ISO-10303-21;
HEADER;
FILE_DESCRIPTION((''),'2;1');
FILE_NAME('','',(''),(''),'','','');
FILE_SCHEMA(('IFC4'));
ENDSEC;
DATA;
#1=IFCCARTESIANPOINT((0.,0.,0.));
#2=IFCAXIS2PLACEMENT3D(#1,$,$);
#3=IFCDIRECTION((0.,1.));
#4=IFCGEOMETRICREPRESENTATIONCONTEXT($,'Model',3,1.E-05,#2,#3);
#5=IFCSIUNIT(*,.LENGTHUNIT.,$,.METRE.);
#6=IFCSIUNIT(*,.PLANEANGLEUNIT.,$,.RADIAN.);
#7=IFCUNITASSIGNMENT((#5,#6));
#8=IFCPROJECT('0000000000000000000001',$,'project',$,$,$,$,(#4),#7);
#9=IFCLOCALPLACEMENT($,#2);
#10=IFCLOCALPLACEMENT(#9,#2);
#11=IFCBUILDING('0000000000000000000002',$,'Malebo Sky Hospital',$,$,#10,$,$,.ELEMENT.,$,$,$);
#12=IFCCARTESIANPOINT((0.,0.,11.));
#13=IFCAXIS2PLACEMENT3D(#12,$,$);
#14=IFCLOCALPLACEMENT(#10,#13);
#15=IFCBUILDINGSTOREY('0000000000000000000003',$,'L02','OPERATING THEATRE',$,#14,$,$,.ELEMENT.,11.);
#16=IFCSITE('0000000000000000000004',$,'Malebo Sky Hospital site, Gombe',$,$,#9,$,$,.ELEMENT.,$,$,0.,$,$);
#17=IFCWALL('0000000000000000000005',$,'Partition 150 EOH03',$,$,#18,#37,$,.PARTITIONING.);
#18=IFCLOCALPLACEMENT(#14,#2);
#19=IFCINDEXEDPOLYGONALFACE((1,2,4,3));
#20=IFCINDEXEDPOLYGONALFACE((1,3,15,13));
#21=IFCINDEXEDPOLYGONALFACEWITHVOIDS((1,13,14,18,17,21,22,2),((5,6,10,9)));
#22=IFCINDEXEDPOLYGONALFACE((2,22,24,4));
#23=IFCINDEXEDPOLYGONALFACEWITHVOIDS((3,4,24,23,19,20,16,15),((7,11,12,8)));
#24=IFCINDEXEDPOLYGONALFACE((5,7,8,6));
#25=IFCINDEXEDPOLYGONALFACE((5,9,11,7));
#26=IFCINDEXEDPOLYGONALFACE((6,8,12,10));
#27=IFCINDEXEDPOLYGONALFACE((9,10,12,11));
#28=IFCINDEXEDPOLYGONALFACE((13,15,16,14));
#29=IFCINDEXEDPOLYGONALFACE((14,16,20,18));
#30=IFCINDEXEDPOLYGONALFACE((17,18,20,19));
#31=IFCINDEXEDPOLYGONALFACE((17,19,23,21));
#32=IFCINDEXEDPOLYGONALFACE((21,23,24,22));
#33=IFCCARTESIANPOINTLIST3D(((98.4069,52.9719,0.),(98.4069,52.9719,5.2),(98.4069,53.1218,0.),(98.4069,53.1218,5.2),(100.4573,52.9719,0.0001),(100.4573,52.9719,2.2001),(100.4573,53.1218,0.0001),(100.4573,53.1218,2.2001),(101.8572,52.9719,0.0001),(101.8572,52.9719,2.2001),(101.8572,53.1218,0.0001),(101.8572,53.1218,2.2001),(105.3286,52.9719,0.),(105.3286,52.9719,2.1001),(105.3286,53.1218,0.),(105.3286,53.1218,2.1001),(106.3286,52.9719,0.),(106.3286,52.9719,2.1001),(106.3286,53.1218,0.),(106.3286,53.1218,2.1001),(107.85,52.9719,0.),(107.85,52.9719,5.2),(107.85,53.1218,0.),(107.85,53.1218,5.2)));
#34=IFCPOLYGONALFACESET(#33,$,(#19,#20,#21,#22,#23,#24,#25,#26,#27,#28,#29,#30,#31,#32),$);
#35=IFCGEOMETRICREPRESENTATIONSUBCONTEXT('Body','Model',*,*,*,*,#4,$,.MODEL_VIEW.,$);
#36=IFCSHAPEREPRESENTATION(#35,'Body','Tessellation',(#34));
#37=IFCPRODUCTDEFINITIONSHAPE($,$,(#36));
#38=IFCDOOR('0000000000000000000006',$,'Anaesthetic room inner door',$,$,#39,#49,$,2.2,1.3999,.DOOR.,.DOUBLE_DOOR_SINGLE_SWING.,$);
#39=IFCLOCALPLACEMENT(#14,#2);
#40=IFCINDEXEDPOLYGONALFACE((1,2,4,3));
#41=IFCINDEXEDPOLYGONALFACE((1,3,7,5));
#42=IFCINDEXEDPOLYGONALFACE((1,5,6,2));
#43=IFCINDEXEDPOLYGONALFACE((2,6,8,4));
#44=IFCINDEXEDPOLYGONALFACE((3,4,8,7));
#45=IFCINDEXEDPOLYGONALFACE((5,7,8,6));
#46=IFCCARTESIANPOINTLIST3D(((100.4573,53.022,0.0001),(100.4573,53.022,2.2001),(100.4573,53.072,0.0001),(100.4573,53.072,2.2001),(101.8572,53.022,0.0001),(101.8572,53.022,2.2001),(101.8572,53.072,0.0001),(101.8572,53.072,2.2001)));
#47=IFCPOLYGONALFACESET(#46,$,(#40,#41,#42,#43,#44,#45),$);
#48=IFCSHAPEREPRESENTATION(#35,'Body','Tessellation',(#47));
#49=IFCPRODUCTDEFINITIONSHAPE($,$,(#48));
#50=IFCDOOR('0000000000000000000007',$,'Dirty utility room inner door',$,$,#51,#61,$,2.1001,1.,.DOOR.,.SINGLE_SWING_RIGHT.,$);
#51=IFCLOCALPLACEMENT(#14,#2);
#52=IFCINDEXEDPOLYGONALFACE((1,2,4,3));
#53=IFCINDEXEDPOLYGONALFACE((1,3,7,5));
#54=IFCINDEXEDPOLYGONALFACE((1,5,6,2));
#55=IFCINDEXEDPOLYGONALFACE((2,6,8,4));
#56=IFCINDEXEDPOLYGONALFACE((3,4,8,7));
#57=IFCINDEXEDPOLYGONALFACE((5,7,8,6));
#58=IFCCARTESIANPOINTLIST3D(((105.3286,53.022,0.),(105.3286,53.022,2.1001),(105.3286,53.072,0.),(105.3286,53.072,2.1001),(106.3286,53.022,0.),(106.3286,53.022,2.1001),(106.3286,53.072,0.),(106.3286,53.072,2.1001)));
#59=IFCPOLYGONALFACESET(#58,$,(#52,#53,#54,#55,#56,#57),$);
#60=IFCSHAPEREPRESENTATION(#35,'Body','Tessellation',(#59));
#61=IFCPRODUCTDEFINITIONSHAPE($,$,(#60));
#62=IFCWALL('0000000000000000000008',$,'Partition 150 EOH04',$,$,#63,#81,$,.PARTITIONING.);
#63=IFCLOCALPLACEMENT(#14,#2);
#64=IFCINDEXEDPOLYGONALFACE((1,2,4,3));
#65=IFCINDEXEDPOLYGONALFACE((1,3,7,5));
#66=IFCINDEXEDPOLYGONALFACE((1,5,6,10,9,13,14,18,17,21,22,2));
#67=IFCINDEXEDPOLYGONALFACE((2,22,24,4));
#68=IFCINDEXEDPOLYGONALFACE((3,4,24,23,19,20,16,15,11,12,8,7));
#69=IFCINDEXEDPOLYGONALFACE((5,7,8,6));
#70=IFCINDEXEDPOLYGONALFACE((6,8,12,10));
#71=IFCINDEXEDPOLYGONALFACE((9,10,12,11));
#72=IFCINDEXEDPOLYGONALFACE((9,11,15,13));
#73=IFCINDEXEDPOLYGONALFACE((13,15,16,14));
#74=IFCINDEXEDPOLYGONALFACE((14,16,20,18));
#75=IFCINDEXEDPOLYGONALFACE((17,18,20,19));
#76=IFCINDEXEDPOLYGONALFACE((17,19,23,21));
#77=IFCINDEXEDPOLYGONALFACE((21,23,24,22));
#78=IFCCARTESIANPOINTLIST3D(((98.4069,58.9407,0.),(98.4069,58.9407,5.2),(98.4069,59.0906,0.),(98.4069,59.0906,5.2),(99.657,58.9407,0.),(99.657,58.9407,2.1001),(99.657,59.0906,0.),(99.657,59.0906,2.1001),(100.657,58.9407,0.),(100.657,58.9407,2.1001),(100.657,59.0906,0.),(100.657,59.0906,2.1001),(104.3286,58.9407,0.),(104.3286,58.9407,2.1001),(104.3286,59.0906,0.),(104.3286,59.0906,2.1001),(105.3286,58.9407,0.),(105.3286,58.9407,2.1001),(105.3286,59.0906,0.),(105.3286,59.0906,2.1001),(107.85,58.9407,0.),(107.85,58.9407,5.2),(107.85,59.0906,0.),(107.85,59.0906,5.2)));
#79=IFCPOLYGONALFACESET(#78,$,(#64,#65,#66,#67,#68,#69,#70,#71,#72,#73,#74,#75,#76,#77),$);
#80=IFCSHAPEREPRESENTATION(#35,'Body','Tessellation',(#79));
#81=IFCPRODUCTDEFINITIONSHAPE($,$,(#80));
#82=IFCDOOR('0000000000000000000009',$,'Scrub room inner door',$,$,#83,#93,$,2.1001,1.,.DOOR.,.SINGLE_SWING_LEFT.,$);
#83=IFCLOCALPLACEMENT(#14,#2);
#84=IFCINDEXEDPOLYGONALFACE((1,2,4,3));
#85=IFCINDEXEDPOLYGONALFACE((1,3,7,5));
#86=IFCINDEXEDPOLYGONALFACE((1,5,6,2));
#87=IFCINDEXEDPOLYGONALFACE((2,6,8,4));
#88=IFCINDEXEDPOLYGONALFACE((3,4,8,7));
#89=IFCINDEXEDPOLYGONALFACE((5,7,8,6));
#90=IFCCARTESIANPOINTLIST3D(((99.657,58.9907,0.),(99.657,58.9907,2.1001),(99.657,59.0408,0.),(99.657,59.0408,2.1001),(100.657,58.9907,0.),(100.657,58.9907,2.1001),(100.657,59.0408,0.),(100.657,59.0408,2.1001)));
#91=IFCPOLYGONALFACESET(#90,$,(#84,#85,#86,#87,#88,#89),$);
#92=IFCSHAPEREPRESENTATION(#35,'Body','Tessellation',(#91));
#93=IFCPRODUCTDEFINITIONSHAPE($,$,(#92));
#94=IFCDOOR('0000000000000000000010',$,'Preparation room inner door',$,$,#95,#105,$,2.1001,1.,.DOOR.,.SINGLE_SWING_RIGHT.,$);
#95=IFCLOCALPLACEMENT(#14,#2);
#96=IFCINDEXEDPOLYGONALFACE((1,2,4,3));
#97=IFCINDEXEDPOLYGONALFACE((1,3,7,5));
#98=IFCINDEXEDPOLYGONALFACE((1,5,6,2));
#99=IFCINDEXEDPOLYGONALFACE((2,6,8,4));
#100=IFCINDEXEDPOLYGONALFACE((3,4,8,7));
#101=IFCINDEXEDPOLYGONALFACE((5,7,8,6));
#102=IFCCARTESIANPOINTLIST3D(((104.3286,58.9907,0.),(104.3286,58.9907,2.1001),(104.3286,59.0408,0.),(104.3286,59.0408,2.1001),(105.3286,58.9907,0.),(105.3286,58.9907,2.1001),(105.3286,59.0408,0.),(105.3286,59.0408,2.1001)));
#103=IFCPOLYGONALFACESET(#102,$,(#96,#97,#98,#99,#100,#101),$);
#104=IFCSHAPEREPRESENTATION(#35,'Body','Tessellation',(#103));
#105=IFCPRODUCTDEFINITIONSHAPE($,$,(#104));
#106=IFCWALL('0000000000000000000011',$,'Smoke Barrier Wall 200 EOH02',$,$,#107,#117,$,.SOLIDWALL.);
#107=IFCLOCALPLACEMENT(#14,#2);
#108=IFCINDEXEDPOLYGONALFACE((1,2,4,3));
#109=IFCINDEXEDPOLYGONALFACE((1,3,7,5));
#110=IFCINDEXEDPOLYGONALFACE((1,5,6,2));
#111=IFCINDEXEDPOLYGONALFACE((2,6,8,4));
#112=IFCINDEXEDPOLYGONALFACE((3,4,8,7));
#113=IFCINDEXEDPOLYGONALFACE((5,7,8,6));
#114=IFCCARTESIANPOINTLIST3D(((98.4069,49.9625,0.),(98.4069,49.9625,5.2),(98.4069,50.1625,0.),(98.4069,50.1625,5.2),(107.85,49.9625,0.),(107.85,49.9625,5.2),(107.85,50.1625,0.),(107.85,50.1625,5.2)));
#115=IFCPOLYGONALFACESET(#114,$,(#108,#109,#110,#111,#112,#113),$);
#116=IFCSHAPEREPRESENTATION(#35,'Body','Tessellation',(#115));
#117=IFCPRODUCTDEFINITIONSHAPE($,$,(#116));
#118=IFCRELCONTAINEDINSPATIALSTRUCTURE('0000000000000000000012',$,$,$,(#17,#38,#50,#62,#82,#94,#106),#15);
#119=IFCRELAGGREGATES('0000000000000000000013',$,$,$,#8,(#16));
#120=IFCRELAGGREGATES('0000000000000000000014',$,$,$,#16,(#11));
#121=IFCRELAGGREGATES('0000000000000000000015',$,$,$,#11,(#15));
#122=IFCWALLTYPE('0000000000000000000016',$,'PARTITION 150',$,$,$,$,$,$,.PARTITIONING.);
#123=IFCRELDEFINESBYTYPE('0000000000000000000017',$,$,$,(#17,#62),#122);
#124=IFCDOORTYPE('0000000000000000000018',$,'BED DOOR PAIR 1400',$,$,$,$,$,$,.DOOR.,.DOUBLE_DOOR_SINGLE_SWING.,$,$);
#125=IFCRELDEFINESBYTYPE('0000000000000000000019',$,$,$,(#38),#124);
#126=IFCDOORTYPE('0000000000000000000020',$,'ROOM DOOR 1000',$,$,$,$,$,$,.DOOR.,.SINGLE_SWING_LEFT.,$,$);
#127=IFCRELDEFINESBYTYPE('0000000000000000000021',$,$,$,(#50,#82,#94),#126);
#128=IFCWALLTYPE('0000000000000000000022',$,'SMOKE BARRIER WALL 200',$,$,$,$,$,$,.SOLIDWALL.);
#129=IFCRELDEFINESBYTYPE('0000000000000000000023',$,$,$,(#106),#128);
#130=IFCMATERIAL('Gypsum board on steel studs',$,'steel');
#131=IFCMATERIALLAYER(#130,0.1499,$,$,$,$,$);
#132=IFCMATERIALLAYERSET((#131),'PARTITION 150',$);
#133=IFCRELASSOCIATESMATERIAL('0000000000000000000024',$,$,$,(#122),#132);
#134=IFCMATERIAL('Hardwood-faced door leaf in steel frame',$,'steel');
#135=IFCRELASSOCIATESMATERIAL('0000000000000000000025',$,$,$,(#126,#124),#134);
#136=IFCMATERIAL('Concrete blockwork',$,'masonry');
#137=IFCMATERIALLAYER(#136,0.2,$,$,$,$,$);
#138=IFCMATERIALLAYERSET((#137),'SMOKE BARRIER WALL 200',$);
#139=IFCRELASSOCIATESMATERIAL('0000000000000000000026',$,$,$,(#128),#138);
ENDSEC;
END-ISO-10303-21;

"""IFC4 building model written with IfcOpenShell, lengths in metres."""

from ifc_helpers import new_model, si_unit, direction, frame, frame_2d, origin, place, context, subcontext, project, spatial, rectangle, extrude, material, layer, layer_set, type_object, element, fill, save


model = new_model("IFC4")

# Units and contexts
model_context = context("Model", 3, precision=1e-05, world=origin(), true_north=direction((0.0, 1.0)))
body_context = subcontext(model_context, "Body", "Model", "MODEL_VIEW")
ifc_project = project(units=[si_unit("LENGTHUNIT", "METRE"), si_unit("PLANEANGLEUNIT", "RADIAN")], contexts=[model_context])

# Site, building, storey
site_placement = place(None, origin())
site = spatial("IfcSite", under=ifc_project, at=site_placement, Name="Malebo Sky Hospital site, Gombe", CompositionType="ELEMENT", RefElevation=0.0)
building_placement = place(site_placement, origin())
building = spatial("IfcBuilding", under=site, at=building_placement, Name="Malebo Sky Hospital", CompositionType="ELEMENT")
storey_placement = place(building_placement, frame((0.0, 0.0, 11.0)))
storey = spatial("IfcBuildingStorey", under=building, at=storey_placement, Name="L02", Description="OPERATING THEATRE", CompositionType="ELEMENT", Elevation=11.0)

# Walls, openings, doors
ifc_material_1 = material(Name="Gypsum board on steel studs", Category="steel")
ifc_layer_1 = layer(ifc_material_1, 0.1499)
ifc_layer_set_1 = layer_set([ifc_layer_1], Name="PARTITION 150")
wall_type_1 = type_object("IfcWallType", Name="PARTITION 150", PredefinedType="PARTITIONING", material=ifc_layer_set_1)
ifc_material_2 = material(Name="Hardwood-faced door leaf in steel frame", Category="steel")
door_type_1 = type_object("IfcDoorType", Name="ROOM DOOR 1000", OperationType="SINGLE_SWING_LEFT", PredefinedType="DOOR", material=ifc_material_2)
wall_1_placement = place(storey_placement, frame((107.8501, 53.0469, 0.0), z_axis=(0.0, 0.0, 1.0), x_axis=(-1.0, 0.0, 0.0)))
wall_1 = element("IfcWall", 1, at=wall_1_placement, inside=storey, type_object=wall_type_1, Name="Partition 150 EOH03", PredefinedType="PARTITIONING", context=body_context, shape_type="SweptSolid", body=[
    extrude(rectangle(XDim=9.4431, YDim=0.1499, at=frame_2d((4.7217, 0.0))), origin(), (0.0, 0.0, 1.0), 5.2),
])
opening_1_placement = place(wall_1_placement, frame((5.9929, 0.0, 0.0)))
opening_1 = element("IfcOpeningElement", 2, at=opening_1_placement, cuts=wall_1, PredefinedType="OPENING", context=body_context, shape_type="SweptSolid", body=[
    extrude(rectangle(XDim=1.3999, YDim=2.2, at=frame_2d((0.7, 1.1001))), frame((0.0, 0.085, 0.0), z_axis=(0.0, -1.0, 0.0), x_axis=(1.0, 0.0, 0.0)), (0.0, 0.0, 1.0), 0.1699),
])
opening_2_placement = place(wall_1_placement, frame((1.5215, 0.0, 0.0)))
opening_2 = element("IfcOpeningElement", 3, at=opening_2_placement, cuts=wall_1, PredefinedType="OPENING", context=body_context, shape_type="SweptSolid", body=[
    extrude(rectangle(XDim=1.0, YDim=2.1001, at=frame_2d((0.5, 1.05))), frame((0.0, 0.085, 0.0), z_axis=(0.0, -1.0, 0.0), x_axis=(1.0, 0.0, 0.0)), (0.0, 0.0, 1.0), 0.1699),
])
door_type_2 = type_object("IfcDoorType", Name="BED DOOR PAIR 1400", OperationType="DOUBLE_DOOR_SINGLE_SWING", PredefinedType="DOOR", material=ifc_material_2)
door_1_placement = place(opening_1_placement, origin())
door_1 = element("IfcDoor", 4, at=door_1_placement, inside=storey, type_object=door_type_2, Name="Anaesthetic room inner door", OperationType="DOUBLE_DOOR_SINGLE_SWING", OverallHeight=2.2, OverallWidth=1.3999, PredefinedType="DOOR", context=body_context, shape_type="SweptSolid", body=[
    extrude(rectangle(XDim=1.3999, YDim=2.2, at=frame_2d((0.7, 1.1001))), frame((0.0, 0.0249, 0.0), z_axis=(0.0, -1.0, 0.0), x_axis=(1.0, 0.0, 0.0)), (0.0, 0.0, 1.0), 0.05),
])
fill(opening_1, door_1)
door_2_placement = place(opening_2_placement, origin())
door_2 = element("IfcDoor", 5, at=door_2_placement, inside=storey, type_object=door_type_1, Name="Dirty utility room inner door", OperationType="SINGLE_SWING_RIGHT", OverallHeight=2.1001, OverallWidth=1.0, PredefinedType="DOOR", context=body_context, shape_type="SweptSolid", body=[
    extrude(rectangle(XDim=1.0, YDim=2.1001, at=frame_2d((0.5, 1.05))), frame((0.0, 0.0249, 0.0), z_axis=(0.0, -1.0, 0.0), x_axis=(1.0, 0.0, 0.0)), (0.0, 0.0, 1.0), 0.05),
])
fill(opening_2, door_2)
wall_2_placement = place(storey_placement, frame((107.8501, 59.0156, 0.0), z_axis=(0.0, 0.0, 1.0), x_axis=(-1.0, 0.0, 0.0)))
wall_2 = element("IfcWall", 6, at=wall_2_placement, inside=storey, type_object=wall_type_1, Name="Partition 150 EOH04", PredefinedType="PARTITIONING", context=body_context, shape_type="SweptSolid", body=[
    extrude(rectangle(XDim=9.4431, YDim=0.1499, at=frame_2d((4.7217, 0.0))), origin(), (0.0, 0.0, 1.0), 5.2),
])
opening_3_placement = place(wall_2_placement, frame((7.1931, 0.0, 0.0)))
opening_3 = element("IfcOpeningElement", 7, at=opening_3_placement, cuts=wall_2, PredefinedType="OPENING", context=body_context, shape_type="SweptSolid", body=[
    extrude(rectangle(XDim=1.0, YDim=2.1001, at=frame_2d((0.5, 1.05))), frame((0.0, 0.085, 0.0), z_axis=(0.0, -1.0, 0.0), x_axis=(1.0, 0.0, 0.0)), (0.0, 0.0, 1.0), 0.1699),
])
opening_4_placement = place(wall_2_placement, frame((2.5215, 0.0, 0.0)))
opening_4 = element("IfcOpeningElement", 8, at=opening_4_placement, cuts=wall_2, PredefinedType="OPENING", context=body_context, shape_type="SweptSolid", body=[
    extrude(rectangle(XDim=1.0, YDim=2.1001, at=frame_2d((0.5, 1.05))), frame((0.0, 0.085, 0.0), z_axis=(0.0, -1.0, 0.0), x_axis=(1.0, 0.0, 0.0)), (0.0, 0.0, 1.0), 0.1699),
])
door_3_placement = place(opening_3_placement, origin())
door_3 = element("IfcDoor", 9, at=door_3_placement, inside=storey, type_object=door_type_1, Name="Scrub room inner door", OperationType="SINGLE_SWING_LEFT", OverallHeight=2.1001, OverallWidth=1.0, PredefinedType="DOOR", context=body_context, shape_type="SweptSolid", body=[
    extrude(rectangle(XDim=1.0, YDim=2.1001, at=frame_2d((0.5, 1.05))), frame((0.0, 0.0249, 0.0), z_axis=(0.0, -1.0, 0.0), x_axis=(1.0, 0.0, 0.0)), (0.0, 0.0, 1.0), 0.05),
])
fill(opening_3, door_3)
door_4_placement = place(opening_4_placement, origin())
door_4 = element("IfcDoor", 10, at=door_4_placement, inside=storey, type_object=door_type_1, Name="Preparation room inner door", OperationType="SINGLE_SWING_RIGHT", OverallHeight=2.1001, OverallWidth=1.0, PredefinedType="DOOR", context=body_context, shape_type="SweptSolid", body=[
    extrude(rectangle(XDim=1.0, YDim=2.1001, at=frame_2d((0.5, 1.05))), frame((0.0, 0.0249, 0.0), z_axis=(0.0, -1.0, 0.0), x_axis=(1.0, 0.0, 0.0)), (0.0, 0.0, 1.0), 0.05),
])
fill(opening_4, door_4)

# Wall
ifc_material_3 = material(Name="Concrete blockwork", Category="masonry")
ifc_layer_2 = layer(ifc_material_3, 0.2)
ifc_layer_set_2 = layer_set([ifc_layer_2], Name="SMOKE BARRIER WALL 200")
wall_type_2 = type_object("IfcWallType", Name="SMOKE BARRIER WALL 200", PredefinedType="SOLIDWALL", material=ifc_layer_set_2)
wall_3_placement = place(storey_placement, frame((107.8501, 50.0625, 0.0), z_axis=(0.0, 0.0, 1.0), x_axis=(-1.0, 0.0, 0.0)))
element("IfcWall", 11, at=wall_3_placement, inside=storey, type_object=wall_type_2, Name="Smoke Barrier Wall 200 EOH02", PredefinedType="SOLIDWALL", context=body_context, shape_type="SweptSolid", body=[
    extrude(rectangle(XDim=9.4431, YDim=0.2, at=frame_2d((4.7217, 0.0))), origin(), (0.0, 0.0, 1.0), 5.2),
])

save(model, "model.ifc")
